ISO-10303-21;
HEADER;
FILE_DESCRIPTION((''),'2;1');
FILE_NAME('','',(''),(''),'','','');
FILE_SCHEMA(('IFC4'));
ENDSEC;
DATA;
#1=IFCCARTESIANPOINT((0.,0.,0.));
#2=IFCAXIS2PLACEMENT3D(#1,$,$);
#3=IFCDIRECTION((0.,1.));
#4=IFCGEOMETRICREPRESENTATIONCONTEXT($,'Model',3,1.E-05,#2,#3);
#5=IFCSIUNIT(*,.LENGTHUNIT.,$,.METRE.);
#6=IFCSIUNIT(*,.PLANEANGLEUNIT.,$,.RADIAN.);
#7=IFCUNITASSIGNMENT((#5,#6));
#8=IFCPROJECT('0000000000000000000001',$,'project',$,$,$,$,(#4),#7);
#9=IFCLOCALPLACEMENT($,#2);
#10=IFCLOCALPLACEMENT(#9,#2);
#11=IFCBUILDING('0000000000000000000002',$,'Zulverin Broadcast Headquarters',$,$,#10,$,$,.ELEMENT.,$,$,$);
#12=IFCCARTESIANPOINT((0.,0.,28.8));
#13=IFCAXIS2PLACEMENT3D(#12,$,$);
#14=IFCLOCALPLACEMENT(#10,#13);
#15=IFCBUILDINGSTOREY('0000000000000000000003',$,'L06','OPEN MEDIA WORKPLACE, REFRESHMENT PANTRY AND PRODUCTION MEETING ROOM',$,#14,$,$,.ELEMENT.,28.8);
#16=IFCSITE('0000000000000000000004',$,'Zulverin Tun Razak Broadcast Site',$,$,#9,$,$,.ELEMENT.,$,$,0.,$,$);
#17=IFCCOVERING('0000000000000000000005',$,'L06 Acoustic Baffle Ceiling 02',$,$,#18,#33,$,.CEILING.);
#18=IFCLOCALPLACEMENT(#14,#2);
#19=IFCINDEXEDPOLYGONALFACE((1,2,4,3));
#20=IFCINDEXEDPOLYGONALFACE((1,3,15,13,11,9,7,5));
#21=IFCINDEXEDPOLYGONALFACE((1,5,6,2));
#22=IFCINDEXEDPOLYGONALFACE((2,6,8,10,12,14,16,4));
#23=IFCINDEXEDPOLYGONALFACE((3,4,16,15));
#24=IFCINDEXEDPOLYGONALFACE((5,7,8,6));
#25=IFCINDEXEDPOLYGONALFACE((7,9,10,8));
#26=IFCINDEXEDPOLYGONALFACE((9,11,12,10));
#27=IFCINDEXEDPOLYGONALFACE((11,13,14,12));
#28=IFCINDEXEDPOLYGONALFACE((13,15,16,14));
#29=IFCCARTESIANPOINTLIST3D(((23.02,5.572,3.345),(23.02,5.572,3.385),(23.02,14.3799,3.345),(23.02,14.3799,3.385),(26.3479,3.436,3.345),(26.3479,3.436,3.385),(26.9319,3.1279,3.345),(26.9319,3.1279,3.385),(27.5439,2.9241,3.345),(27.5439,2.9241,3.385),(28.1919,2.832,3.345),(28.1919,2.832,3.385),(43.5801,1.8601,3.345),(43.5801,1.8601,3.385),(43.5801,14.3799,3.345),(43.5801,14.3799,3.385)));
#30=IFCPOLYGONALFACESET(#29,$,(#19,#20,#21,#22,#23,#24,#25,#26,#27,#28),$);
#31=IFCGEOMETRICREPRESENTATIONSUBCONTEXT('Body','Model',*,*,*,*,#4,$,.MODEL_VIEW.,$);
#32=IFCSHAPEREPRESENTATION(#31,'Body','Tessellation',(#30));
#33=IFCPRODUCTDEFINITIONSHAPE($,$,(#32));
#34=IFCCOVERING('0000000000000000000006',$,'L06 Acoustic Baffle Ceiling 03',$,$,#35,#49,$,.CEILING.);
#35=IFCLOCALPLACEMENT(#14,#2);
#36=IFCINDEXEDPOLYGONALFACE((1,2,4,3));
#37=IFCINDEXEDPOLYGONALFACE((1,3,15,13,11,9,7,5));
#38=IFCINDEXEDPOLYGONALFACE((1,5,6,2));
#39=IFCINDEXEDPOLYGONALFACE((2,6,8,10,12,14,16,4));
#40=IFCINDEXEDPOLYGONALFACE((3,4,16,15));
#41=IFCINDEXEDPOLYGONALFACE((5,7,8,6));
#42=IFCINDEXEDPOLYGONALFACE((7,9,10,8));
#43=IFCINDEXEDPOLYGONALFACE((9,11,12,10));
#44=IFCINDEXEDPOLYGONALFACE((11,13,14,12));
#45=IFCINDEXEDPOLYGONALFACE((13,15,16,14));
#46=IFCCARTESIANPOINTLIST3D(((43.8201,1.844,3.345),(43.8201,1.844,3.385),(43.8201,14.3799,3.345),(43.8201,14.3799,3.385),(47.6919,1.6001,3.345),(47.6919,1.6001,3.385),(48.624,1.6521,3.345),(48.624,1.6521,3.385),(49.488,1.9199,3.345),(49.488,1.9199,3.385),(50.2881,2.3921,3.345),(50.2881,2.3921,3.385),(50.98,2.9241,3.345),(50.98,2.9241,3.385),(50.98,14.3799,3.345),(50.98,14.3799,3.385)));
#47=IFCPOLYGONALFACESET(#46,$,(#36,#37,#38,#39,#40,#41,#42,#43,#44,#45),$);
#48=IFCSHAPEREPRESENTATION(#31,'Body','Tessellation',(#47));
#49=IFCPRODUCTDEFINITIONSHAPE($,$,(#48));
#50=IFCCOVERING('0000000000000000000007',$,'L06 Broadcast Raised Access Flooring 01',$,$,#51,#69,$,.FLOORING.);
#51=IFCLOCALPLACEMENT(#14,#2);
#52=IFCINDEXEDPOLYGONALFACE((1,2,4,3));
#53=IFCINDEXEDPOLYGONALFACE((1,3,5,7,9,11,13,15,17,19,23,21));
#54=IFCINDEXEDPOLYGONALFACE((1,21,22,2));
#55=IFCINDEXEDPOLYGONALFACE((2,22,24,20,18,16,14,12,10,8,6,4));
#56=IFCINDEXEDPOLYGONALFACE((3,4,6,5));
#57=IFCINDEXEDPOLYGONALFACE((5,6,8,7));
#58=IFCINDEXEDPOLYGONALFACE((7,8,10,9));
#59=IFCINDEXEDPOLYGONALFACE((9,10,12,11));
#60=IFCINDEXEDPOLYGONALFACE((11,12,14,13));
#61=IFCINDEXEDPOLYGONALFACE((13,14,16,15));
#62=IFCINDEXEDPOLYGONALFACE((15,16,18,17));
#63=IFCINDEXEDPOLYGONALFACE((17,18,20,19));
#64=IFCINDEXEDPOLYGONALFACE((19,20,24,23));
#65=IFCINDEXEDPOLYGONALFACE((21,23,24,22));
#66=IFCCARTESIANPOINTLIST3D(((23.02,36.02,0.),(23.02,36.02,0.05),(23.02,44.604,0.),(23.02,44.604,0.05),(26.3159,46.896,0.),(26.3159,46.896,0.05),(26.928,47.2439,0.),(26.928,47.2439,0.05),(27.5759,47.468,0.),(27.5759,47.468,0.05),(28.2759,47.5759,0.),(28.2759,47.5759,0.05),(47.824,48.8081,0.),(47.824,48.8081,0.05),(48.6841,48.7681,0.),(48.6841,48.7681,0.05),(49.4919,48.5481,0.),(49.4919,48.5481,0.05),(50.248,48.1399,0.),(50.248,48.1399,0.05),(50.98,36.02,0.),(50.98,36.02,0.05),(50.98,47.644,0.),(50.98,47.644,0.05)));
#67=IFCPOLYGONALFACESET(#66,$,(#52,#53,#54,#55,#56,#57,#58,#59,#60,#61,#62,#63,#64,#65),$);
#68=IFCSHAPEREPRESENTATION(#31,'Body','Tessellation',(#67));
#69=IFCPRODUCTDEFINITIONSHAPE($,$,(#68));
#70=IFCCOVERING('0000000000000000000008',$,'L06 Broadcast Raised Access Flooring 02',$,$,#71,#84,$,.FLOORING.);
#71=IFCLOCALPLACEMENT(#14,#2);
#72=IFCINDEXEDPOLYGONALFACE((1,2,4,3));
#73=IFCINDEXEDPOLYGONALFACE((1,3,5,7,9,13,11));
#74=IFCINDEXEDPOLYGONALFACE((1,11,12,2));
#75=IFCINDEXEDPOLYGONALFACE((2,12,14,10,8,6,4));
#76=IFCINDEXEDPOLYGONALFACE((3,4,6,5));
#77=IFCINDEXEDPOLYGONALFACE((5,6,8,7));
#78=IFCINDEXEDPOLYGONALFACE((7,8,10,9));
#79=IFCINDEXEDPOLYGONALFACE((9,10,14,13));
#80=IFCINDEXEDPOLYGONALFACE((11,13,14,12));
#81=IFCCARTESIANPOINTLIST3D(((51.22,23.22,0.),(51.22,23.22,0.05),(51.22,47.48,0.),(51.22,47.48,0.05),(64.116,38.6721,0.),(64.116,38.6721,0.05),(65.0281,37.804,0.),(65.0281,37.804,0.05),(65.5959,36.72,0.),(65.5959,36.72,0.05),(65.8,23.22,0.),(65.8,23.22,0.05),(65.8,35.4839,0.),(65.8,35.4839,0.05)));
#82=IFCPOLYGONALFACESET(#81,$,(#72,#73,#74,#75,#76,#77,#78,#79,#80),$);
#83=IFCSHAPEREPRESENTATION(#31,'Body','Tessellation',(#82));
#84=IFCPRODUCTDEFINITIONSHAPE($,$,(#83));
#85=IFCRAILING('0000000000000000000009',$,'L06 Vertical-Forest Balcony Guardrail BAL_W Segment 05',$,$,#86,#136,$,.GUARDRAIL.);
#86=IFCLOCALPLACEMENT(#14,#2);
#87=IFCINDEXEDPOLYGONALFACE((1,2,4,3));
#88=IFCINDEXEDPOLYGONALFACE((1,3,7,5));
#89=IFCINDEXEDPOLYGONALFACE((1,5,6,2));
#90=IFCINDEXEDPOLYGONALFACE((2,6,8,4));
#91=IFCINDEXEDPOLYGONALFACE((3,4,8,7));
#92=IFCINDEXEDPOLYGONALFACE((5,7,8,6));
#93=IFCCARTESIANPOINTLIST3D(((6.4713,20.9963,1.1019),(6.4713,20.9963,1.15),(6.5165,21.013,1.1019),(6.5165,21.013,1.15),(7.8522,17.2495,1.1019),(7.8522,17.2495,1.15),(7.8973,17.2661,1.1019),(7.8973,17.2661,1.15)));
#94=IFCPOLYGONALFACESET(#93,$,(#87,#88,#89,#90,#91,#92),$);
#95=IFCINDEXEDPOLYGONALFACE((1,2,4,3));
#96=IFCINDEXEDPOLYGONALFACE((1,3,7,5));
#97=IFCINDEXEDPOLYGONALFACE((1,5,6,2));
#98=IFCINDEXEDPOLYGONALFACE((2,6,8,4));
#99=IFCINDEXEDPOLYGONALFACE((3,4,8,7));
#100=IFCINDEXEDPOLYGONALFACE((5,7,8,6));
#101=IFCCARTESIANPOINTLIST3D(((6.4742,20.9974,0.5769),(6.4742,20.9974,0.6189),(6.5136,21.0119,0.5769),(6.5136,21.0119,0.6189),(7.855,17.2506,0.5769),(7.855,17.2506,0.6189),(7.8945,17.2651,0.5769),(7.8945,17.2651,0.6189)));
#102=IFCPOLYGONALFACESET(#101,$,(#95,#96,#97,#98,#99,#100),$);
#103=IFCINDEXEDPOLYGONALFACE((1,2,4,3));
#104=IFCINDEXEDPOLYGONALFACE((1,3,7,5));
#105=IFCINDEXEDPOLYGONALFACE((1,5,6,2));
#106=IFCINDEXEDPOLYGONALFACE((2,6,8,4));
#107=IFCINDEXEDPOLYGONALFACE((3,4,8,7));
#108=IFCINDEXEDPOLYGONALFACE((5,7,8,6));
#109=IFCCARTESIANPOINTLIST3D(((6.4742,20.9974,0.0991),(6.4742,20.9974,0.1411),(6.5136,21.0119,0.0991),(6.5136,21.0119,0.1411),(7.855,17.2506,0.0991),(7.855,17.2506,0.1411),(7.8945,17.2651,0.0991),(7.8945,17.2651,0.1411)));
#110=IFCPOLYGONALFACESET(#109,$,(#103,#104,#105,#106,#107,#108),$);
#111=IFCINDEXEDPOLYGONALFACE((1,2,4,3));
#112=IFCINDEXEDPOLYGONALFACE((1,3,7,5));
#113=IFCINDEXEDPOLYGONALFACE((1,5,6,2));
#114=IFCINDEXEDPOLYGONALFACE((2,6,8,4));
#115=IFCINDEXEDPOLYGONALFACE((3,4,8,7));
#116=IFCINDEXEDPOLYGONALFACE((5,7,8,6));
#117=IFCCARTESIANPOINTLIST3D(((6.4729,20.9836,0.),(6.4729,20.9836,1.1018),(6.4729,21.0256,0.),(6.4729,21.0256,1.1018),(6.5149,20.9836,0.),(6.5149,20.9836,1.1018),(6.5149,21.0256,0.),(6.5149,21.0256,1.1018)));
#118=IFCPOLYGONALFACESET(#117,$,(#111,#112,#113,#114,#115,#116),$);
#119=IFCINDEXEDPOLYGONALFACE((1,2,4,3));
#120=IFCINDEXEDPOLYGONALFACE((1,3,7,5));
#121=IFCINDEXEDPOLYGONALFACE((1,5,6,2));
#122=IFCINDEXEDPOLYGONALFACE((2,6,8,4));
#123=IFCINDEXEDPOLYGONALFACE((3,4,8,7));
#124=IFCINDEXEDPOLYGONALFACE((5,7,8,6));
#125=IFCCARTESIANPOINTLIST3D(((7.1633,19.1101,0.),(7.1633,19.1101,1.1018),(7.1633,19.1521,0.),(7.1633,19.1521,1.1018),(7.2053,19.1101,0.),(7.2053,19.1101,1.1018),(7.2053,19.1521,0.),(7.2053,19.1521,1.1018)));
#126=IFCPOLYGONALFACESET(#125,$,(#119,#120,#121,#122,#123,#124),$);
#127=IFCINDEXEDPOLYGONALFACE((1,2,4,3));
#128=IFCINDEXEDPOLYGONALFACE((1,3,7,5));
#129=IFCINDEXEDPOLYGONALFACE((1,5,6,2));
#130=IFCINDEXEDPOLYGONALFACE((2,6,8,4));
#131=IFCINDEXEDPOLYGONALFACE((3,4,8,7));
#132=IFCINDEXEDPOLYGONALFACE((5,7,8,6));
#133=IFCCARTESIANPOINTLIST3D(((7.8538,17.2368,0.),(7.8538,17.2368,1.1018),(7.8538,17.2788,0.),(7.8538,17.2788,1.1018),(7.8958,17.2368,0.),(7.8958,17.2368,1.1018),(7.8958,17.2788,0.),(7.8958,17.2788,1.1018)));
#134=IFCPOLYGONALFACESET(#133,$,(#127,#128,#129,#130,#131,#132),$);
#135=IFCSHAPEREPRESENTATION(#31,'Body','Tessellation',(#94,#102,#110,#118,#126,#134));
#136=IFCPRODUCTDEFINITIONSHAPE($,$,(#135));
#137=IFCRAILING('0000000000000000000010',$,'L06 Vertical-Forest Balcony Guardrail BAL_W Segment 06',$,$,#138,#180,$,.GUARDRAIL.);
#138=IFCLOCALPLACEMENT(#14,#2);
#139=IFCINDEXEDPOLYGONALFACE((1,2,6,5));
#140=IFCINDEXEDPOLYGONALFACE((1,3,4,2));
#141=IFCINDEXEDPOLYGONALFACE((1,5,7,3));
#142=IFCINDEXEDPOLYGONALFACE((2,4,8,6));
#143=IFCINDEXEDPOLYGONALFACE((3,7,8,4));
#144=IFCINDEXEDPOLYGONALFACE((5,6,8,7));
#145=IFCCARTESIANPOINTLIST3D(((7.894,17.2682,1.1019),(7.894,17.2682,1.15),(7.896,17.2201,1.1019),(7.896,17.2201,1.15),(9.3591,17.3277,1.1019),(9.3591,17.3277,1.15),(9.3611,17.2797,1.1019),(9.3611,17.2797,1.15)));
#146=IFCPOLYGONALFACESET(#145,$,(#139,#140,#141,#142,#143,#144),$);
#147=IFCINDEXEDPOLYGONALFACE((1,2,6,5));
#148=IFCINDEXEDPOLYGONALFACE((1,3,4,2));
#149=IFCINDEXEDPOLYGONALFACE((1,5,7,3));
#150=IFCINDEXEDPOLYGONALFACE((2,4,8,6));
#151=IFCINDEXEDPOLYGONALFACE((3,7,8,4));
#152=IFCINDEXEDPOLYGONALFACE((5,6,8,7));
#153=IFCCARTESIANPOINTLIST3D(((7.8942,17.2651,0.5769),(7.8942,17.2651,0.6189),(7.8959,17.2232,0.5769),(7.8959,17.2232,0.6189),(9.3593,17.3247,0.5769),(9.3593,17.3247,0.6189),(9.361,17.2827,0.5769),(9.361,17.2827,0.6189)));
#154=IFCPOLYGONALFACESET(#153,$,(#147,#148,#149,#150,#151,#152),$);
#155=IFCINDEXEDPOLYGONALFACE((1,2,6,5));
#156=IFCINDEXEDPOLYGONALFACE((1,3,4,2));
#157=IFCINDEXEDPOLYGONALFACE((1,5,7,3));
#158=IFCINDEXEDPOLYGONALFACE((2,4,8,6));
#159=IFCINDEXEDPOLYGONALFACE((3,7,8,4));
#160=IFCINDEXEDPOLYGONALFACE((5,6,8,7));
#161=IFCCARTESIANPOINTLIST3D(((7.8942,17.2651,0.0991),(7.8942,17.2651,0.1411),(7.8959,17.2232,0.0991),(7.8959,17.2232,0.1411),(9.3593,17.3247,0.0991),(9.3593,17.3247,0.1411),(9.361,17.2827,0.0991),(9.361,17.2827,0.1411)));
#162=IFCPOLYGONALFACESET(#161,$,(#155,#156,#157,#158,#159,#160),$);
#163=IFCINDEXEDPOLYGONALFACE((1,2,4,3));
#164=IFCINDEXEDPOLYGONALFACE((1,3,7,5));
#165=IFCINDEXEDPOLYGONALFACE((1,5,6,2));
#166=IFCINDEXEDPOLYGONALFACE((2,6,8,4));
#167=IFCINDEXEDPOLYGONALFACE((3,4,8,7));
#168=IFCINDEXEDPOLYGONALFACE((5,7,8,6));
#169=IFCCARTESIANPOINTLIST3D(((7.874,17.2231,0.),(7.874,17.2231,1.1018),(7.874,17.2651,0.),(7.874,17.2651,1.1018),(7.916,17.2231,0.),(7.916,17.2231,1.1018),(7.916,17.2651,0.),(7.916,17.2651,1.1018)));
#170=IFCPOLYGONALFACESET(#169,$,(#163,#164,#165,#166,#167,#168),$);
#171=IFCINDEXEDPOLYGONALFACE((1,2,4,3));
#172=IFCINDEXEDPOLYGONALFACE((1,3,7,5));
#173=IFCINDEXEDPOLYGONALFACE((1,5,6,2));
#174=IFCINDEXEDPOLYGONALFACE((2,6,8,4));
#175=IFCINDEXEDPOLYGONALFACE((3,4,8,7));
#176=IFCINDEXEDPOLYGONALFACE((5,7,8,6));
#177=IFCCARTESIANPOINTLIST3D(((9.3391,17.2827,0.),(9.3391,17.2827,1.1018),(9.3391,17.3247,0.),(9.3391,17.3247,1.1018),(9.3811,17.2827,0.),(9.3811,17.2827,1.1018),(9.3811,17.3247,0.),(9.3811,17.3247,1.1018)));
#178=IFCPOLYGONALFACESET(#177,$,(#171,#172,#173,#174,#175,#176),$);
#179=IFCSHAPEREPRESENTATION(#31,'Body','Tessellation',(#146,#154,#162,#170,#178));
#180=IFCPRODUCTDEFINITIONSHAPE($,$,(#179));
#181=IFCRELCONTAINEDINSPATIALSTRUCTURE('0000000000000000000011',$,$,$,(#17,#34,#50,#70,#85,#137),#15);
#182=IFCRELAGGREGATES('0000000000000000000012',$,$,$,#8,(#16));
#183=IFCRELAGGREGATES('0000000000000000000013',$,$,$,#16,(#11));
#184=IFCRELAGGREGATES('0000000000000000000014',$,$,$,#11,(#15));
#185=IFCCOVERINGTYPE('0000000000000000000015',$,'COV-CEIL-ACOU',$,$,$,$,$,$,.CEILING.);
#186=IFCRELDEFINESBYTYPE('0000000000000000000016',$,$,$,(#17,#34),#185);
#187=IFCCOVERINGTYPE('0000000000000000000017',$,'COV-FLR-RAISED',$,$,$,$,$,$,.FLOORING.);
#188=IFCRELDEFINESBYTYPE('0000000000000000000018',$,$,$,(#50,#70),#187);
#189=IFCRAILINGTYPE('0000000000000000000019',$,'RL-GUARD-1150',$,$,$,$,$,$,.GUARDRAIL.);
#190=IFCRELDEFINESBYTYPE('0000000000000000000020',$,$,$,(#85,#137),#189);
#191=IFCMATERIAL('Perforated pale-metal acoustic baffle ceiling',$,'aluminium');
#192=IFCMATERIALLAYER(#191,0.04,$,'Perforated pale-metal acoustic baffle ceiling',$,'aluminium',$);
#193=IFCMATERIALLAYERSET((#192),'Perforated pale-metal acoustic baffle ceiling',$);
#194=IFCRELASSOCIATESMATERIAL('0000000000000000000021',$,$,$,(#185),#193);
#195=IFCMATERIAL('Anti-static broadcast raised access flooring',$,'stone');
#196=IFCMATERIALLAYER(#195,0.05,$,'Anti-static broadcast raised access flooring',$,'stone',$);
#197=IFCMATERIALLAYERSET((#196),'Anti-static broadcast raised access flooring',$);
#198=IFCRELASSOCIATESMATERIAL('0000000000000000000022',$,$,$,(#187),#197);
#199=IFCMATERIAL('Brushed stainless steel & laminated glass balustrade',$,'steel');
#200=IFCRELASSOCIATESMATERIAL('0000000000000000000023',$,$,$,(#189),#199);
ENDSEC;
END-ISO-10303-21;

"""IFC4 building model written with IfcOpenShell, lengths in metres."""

from ifc_helpers import new_model, si_unit, direction, frame, origin, origin_2d, place, context, subcontext, project, spatial, polyline, rectangle, outline, extrude, material, layer, layer_set, type_object, element, save


model = new_model("IFC4")

# Units and contexts
model_context = context("Model", 3, precision=1e-05, world=origin(), true_north=direction((0.0, 1.0)))
body_context = subcontext(model_context, "Body", "Model", "MODEL_VIEW")
ifc_project = project(units=[si_unit("LENGTHUNIT", "METRE"), si_unit("PLANEANGLEUNIT", "RADIAN")], contexts=[model_context])

# Site, building, storey
site_placement = place(None, origin())
site = spatial("IfcSite", under=ifc_project, at=site_placement, Name="Zulverin Tun Razak Broadcast Site", CompositionType="ELEMENT", RefElevation=0.0)
building_placement = place(site_placement, origin())
building = spatial("IfcBuilding", under=site, at=building_placement, Name="Zulverin Broadcast Headquarters", CompositionType="ELEMENT")
storey_placement = place(building_placement, frame((0.0, 0.0, 28.8)))
storey = spatial("IfcBuildingStorey", under=building, at=storey_placement, Name="L06", Description="OPEN MEDIA WORKPLACE, REFRESHMENT PANTRY AND PRODUCTION MEETING ROOM", CompositionType="ELEMENT", Elevation=28.8)

# Coverings
ifc_material_1 = material(Name="Perforated pale-metal acoustic baffle ceiling", Category="aluminium")
ifc_layer_1 = layer(ifc_material_1, 0.04, Name="Perforated pale-metal acoustic baffle ceiling", Category="aluminium")
ifc_layer_set_1 = layer_set([ifc_layer_1], Name="Perforated pale-metal acoustic baffle ceiling")
covering_type_1 = type_object("IfcCoveringType", Name="COV-CEIL-ACOU", PredefinedType="CEILING", material=ifc_layer_set_1)
covering_1_placement = place(storey_placement, frame((0.0, 0.0, 3.345)))
element("IfcCovering", 1, at=covering_1_placement, inside=storey, type_object=covering_type_1, Name="L06 Acoustic Baffle Ceiling 02", PredefinedType="CEILING", context=body_context, shape_type="SweptSolid", body=[
    extrude(outline(polyline([(23.02, 14.3799), (23.02, 5.572), (26.3479, 3.436), (26.9319, 3.1279), (27.5439, 2.9241), (28.1919, 2.832), (43.5801, 1.8601), (43.5801, 14.3799), (23.02, 14.3799)])), origin(), (0.0, 0.0, 1.0), 0.04),
])
covering_2_placement = place(storey_placement, frame((0.0, 0.0, 3.345)))
element("IfcCovering", 2, at=covering_2_placement, inside=storey, type_object=covering_type_1, Name="L06 Acoustic Baffle Ceiling 03", PredefinedType="CEILING", context=body_context, shape_type="SweptSolid", body=[
    extrude(outline(polyline([(43.8201, 14.3799), (43.8201, 1.844), (47.6919, 1.6001), (48.624, 1.6521), (49.488, 1.9199), (50.2881, 2.3921), (50.98, 2.9241), (50.98, 14.3799), (43.8201, 14.3799)])), origin(), (0.0, 0.0, 1.0), 0.04),
])
ifc_material_2 = material(Name="Anti-static broadcast raised access flooring", Category="stone")
ifc_layer_2 = layer(ifc_material_2, 0.05, Name="Anti-static broadcast raised access flooring", Category="stone")
ifc_layer_set_2 = layer_set([ifc_layer_2], Name="Anti-static broadcast raised access flooring")
covering_type_2 = type_object("IfcCoveringType", Name="COV-FLR-RAISED", PredefinedType="FLOORING", material=ifc_layer_set_2)
covering_3_placement = place(storey_placement, origin())
element("IfcCovering", 3, at=covering_3_placement, inside=storey, type_object=covering_type_2, Name="L06 Broadcast Raised Access Flooring 01", PredefinedType="FLOORING", context=body_context, shape_type="SweptSolid", body=[
    extrude(outline(polyline([(48.6841, 48.7681), (47.824, 48.8081), (28.2759, 47.5759), (27.5759, 47.468), (26.928, 47.2439), (26.3159, 46.896), (23.02, 44.604), (23.02, 36.02), (50.98, 36.02), (50.98, 47.644), (50.248, 48.1399), (49.4919, 48.5481), (48.6841, 48.7681)])), origin(), (0.0, 0.0, 1.0), 0.05),
])
covering_4_placement = place(storey_placement, origin())
element("IfcCovering", 4, at=covering_4_placement, inside=storey, type_object=covering_type_2, Name="L06 Broadcast Raised Access Flooring 02", PredefinedType="FLOORING", context=body_context, shape_type="SweptSolid", body=[
    extrude(outline(polyline([(65.8, 23.22), (65.8, 35.4839), (65.5959, 36.72), (65.0281, 37.804), (64.116, 38.6721), (51.22, 47.48), (51.22, 23.22), (65.8, 23.22)])), origin(), (0.0, 0.0, 1.0), 0.05),
])

# Railings
ifc_material_3 = material(Name="Brushed stainless steel & laminated glass balustrade", Category="steel")
railing_type = type_object("IfcRailingType", Name="RL-GUARD-1150", PredefinedType="GUARDRAIL", material=ifc_material_3)
railing_1_placement = place(storey_placement, frame((6.4939, 21.0046, 0.0)))
element("IfcRailing", 5, at=railing_1_placement, inside=storey, type_object=railing_type, Name="L06 Vertical-Forest Balcony Guardrail BAL_W Segment 05", PredefinedType="GUARDRAIL", context=body_context, shape_type="SweptSolid", body=[
    extrude(rectangle(XDim=0.0481, YDim=0.0481, at=origin_2d()), frame((0.0, 0.0, 1.126), z_axis=(0.345805, -0.938307, 0.0), x_axis=(0.938307, 0.345805, 0.0)), (0.0, 0.0, 1.0), 3.9932),
    extrude(rectangle(XDim=0.042, YDim=0.042, at=origin_2d()), frame((0.0, 0.0, 0.5979), z_axis=(0.345805, -0.938307, 0.0), x_axis=(0.938307, 0.345805, 0.0)), (0.0, 0.0, 1.0), 3.9932),
    extrude(rectangle(XDim=0.042, YDim=0.042, at=origin_2d()), frame((0.0, 0.0, 0.1201), z_axis=(0.345805, -0.938307, 0.0), x_axis=(0.938307, 0.345805, 0.0)), (0.0, 0.0, 1.0), 3.9932),
    extrude(rectangle(XDim=0.042, YDim=0.042, at=origin_2d()), origin(), (0.0, 0.0, 1.0), 1.1018),
    extrude(rectangle(XDim=0.042, YDim=0.042, at=origin_2d()), frame((0.6904, -1.8735, 0.0)), (0.0, 0.0, 1.0), 1.1018),
    extrude(rectangle(XDim=0.042, YDim=0.042, at=origin_2d()), frame((1.3809, -3.7468, 0.0)), (0.0, 0.0, 1.0), 1.1018),
])
railing_2_placement = place(storey_placement, frame((7.895, 17.2441, 0.0)))
element("IfcRailing", 6, at=railing_2_placement, inside=storey, type_object=railing_type, Name="L06 Vertical-Forest Balcony Guardrail BAL_W Segment 06", PredefinedType="GUARDRAIL", context=body_context, shape_type="SweptSolid", body=[
    extrude(rectangle(XDim=0.0481, YDim=0.0481, at=origin_2d()), frame((0.0, 0.0, 1.126), z_axis=(0.999174, 0.040626, 0.0), x_axis=(-0.040626, 0.999174, 0.0)), (0.0, 0.0, 1.0), 1.4663),
    extrude(rectangle(XDim=0.042, YDim=0.042, at=origin_2d()), frame((0.0, 0.0, 0.5979), z_axis=(0.999174, 0.040626, 0.0), x_axis=(-0.040626, 0.999174, 0.0)), (0.0, 0.0, 1.0), 1.4663),
    extrude(rectangle(XDim=0.042, YDim=0.042, at=origin_2d()), frame((0.0, 0.0, 0.1201), z_axis=(0.999174, 0.040626, 0.0), x_axis=(-0.040626, 0.999174, 0.0)), (0.0, 0.0, 1.0), 1.4663),
    extrude(rectangle(XDim=0.042, YDim=0.042, at=origin_2d()), origin(), (0.0, 0.0, 1.0), 1.1018),
    extrude(rectangle(XDim=0.042, YDim=0.042, at=origin_2d()), frame((1.4651, 0.0596, 0.0)), (0.0, 0.0, 1.0), 1.1018),
])

save(model, "model.ifc")
